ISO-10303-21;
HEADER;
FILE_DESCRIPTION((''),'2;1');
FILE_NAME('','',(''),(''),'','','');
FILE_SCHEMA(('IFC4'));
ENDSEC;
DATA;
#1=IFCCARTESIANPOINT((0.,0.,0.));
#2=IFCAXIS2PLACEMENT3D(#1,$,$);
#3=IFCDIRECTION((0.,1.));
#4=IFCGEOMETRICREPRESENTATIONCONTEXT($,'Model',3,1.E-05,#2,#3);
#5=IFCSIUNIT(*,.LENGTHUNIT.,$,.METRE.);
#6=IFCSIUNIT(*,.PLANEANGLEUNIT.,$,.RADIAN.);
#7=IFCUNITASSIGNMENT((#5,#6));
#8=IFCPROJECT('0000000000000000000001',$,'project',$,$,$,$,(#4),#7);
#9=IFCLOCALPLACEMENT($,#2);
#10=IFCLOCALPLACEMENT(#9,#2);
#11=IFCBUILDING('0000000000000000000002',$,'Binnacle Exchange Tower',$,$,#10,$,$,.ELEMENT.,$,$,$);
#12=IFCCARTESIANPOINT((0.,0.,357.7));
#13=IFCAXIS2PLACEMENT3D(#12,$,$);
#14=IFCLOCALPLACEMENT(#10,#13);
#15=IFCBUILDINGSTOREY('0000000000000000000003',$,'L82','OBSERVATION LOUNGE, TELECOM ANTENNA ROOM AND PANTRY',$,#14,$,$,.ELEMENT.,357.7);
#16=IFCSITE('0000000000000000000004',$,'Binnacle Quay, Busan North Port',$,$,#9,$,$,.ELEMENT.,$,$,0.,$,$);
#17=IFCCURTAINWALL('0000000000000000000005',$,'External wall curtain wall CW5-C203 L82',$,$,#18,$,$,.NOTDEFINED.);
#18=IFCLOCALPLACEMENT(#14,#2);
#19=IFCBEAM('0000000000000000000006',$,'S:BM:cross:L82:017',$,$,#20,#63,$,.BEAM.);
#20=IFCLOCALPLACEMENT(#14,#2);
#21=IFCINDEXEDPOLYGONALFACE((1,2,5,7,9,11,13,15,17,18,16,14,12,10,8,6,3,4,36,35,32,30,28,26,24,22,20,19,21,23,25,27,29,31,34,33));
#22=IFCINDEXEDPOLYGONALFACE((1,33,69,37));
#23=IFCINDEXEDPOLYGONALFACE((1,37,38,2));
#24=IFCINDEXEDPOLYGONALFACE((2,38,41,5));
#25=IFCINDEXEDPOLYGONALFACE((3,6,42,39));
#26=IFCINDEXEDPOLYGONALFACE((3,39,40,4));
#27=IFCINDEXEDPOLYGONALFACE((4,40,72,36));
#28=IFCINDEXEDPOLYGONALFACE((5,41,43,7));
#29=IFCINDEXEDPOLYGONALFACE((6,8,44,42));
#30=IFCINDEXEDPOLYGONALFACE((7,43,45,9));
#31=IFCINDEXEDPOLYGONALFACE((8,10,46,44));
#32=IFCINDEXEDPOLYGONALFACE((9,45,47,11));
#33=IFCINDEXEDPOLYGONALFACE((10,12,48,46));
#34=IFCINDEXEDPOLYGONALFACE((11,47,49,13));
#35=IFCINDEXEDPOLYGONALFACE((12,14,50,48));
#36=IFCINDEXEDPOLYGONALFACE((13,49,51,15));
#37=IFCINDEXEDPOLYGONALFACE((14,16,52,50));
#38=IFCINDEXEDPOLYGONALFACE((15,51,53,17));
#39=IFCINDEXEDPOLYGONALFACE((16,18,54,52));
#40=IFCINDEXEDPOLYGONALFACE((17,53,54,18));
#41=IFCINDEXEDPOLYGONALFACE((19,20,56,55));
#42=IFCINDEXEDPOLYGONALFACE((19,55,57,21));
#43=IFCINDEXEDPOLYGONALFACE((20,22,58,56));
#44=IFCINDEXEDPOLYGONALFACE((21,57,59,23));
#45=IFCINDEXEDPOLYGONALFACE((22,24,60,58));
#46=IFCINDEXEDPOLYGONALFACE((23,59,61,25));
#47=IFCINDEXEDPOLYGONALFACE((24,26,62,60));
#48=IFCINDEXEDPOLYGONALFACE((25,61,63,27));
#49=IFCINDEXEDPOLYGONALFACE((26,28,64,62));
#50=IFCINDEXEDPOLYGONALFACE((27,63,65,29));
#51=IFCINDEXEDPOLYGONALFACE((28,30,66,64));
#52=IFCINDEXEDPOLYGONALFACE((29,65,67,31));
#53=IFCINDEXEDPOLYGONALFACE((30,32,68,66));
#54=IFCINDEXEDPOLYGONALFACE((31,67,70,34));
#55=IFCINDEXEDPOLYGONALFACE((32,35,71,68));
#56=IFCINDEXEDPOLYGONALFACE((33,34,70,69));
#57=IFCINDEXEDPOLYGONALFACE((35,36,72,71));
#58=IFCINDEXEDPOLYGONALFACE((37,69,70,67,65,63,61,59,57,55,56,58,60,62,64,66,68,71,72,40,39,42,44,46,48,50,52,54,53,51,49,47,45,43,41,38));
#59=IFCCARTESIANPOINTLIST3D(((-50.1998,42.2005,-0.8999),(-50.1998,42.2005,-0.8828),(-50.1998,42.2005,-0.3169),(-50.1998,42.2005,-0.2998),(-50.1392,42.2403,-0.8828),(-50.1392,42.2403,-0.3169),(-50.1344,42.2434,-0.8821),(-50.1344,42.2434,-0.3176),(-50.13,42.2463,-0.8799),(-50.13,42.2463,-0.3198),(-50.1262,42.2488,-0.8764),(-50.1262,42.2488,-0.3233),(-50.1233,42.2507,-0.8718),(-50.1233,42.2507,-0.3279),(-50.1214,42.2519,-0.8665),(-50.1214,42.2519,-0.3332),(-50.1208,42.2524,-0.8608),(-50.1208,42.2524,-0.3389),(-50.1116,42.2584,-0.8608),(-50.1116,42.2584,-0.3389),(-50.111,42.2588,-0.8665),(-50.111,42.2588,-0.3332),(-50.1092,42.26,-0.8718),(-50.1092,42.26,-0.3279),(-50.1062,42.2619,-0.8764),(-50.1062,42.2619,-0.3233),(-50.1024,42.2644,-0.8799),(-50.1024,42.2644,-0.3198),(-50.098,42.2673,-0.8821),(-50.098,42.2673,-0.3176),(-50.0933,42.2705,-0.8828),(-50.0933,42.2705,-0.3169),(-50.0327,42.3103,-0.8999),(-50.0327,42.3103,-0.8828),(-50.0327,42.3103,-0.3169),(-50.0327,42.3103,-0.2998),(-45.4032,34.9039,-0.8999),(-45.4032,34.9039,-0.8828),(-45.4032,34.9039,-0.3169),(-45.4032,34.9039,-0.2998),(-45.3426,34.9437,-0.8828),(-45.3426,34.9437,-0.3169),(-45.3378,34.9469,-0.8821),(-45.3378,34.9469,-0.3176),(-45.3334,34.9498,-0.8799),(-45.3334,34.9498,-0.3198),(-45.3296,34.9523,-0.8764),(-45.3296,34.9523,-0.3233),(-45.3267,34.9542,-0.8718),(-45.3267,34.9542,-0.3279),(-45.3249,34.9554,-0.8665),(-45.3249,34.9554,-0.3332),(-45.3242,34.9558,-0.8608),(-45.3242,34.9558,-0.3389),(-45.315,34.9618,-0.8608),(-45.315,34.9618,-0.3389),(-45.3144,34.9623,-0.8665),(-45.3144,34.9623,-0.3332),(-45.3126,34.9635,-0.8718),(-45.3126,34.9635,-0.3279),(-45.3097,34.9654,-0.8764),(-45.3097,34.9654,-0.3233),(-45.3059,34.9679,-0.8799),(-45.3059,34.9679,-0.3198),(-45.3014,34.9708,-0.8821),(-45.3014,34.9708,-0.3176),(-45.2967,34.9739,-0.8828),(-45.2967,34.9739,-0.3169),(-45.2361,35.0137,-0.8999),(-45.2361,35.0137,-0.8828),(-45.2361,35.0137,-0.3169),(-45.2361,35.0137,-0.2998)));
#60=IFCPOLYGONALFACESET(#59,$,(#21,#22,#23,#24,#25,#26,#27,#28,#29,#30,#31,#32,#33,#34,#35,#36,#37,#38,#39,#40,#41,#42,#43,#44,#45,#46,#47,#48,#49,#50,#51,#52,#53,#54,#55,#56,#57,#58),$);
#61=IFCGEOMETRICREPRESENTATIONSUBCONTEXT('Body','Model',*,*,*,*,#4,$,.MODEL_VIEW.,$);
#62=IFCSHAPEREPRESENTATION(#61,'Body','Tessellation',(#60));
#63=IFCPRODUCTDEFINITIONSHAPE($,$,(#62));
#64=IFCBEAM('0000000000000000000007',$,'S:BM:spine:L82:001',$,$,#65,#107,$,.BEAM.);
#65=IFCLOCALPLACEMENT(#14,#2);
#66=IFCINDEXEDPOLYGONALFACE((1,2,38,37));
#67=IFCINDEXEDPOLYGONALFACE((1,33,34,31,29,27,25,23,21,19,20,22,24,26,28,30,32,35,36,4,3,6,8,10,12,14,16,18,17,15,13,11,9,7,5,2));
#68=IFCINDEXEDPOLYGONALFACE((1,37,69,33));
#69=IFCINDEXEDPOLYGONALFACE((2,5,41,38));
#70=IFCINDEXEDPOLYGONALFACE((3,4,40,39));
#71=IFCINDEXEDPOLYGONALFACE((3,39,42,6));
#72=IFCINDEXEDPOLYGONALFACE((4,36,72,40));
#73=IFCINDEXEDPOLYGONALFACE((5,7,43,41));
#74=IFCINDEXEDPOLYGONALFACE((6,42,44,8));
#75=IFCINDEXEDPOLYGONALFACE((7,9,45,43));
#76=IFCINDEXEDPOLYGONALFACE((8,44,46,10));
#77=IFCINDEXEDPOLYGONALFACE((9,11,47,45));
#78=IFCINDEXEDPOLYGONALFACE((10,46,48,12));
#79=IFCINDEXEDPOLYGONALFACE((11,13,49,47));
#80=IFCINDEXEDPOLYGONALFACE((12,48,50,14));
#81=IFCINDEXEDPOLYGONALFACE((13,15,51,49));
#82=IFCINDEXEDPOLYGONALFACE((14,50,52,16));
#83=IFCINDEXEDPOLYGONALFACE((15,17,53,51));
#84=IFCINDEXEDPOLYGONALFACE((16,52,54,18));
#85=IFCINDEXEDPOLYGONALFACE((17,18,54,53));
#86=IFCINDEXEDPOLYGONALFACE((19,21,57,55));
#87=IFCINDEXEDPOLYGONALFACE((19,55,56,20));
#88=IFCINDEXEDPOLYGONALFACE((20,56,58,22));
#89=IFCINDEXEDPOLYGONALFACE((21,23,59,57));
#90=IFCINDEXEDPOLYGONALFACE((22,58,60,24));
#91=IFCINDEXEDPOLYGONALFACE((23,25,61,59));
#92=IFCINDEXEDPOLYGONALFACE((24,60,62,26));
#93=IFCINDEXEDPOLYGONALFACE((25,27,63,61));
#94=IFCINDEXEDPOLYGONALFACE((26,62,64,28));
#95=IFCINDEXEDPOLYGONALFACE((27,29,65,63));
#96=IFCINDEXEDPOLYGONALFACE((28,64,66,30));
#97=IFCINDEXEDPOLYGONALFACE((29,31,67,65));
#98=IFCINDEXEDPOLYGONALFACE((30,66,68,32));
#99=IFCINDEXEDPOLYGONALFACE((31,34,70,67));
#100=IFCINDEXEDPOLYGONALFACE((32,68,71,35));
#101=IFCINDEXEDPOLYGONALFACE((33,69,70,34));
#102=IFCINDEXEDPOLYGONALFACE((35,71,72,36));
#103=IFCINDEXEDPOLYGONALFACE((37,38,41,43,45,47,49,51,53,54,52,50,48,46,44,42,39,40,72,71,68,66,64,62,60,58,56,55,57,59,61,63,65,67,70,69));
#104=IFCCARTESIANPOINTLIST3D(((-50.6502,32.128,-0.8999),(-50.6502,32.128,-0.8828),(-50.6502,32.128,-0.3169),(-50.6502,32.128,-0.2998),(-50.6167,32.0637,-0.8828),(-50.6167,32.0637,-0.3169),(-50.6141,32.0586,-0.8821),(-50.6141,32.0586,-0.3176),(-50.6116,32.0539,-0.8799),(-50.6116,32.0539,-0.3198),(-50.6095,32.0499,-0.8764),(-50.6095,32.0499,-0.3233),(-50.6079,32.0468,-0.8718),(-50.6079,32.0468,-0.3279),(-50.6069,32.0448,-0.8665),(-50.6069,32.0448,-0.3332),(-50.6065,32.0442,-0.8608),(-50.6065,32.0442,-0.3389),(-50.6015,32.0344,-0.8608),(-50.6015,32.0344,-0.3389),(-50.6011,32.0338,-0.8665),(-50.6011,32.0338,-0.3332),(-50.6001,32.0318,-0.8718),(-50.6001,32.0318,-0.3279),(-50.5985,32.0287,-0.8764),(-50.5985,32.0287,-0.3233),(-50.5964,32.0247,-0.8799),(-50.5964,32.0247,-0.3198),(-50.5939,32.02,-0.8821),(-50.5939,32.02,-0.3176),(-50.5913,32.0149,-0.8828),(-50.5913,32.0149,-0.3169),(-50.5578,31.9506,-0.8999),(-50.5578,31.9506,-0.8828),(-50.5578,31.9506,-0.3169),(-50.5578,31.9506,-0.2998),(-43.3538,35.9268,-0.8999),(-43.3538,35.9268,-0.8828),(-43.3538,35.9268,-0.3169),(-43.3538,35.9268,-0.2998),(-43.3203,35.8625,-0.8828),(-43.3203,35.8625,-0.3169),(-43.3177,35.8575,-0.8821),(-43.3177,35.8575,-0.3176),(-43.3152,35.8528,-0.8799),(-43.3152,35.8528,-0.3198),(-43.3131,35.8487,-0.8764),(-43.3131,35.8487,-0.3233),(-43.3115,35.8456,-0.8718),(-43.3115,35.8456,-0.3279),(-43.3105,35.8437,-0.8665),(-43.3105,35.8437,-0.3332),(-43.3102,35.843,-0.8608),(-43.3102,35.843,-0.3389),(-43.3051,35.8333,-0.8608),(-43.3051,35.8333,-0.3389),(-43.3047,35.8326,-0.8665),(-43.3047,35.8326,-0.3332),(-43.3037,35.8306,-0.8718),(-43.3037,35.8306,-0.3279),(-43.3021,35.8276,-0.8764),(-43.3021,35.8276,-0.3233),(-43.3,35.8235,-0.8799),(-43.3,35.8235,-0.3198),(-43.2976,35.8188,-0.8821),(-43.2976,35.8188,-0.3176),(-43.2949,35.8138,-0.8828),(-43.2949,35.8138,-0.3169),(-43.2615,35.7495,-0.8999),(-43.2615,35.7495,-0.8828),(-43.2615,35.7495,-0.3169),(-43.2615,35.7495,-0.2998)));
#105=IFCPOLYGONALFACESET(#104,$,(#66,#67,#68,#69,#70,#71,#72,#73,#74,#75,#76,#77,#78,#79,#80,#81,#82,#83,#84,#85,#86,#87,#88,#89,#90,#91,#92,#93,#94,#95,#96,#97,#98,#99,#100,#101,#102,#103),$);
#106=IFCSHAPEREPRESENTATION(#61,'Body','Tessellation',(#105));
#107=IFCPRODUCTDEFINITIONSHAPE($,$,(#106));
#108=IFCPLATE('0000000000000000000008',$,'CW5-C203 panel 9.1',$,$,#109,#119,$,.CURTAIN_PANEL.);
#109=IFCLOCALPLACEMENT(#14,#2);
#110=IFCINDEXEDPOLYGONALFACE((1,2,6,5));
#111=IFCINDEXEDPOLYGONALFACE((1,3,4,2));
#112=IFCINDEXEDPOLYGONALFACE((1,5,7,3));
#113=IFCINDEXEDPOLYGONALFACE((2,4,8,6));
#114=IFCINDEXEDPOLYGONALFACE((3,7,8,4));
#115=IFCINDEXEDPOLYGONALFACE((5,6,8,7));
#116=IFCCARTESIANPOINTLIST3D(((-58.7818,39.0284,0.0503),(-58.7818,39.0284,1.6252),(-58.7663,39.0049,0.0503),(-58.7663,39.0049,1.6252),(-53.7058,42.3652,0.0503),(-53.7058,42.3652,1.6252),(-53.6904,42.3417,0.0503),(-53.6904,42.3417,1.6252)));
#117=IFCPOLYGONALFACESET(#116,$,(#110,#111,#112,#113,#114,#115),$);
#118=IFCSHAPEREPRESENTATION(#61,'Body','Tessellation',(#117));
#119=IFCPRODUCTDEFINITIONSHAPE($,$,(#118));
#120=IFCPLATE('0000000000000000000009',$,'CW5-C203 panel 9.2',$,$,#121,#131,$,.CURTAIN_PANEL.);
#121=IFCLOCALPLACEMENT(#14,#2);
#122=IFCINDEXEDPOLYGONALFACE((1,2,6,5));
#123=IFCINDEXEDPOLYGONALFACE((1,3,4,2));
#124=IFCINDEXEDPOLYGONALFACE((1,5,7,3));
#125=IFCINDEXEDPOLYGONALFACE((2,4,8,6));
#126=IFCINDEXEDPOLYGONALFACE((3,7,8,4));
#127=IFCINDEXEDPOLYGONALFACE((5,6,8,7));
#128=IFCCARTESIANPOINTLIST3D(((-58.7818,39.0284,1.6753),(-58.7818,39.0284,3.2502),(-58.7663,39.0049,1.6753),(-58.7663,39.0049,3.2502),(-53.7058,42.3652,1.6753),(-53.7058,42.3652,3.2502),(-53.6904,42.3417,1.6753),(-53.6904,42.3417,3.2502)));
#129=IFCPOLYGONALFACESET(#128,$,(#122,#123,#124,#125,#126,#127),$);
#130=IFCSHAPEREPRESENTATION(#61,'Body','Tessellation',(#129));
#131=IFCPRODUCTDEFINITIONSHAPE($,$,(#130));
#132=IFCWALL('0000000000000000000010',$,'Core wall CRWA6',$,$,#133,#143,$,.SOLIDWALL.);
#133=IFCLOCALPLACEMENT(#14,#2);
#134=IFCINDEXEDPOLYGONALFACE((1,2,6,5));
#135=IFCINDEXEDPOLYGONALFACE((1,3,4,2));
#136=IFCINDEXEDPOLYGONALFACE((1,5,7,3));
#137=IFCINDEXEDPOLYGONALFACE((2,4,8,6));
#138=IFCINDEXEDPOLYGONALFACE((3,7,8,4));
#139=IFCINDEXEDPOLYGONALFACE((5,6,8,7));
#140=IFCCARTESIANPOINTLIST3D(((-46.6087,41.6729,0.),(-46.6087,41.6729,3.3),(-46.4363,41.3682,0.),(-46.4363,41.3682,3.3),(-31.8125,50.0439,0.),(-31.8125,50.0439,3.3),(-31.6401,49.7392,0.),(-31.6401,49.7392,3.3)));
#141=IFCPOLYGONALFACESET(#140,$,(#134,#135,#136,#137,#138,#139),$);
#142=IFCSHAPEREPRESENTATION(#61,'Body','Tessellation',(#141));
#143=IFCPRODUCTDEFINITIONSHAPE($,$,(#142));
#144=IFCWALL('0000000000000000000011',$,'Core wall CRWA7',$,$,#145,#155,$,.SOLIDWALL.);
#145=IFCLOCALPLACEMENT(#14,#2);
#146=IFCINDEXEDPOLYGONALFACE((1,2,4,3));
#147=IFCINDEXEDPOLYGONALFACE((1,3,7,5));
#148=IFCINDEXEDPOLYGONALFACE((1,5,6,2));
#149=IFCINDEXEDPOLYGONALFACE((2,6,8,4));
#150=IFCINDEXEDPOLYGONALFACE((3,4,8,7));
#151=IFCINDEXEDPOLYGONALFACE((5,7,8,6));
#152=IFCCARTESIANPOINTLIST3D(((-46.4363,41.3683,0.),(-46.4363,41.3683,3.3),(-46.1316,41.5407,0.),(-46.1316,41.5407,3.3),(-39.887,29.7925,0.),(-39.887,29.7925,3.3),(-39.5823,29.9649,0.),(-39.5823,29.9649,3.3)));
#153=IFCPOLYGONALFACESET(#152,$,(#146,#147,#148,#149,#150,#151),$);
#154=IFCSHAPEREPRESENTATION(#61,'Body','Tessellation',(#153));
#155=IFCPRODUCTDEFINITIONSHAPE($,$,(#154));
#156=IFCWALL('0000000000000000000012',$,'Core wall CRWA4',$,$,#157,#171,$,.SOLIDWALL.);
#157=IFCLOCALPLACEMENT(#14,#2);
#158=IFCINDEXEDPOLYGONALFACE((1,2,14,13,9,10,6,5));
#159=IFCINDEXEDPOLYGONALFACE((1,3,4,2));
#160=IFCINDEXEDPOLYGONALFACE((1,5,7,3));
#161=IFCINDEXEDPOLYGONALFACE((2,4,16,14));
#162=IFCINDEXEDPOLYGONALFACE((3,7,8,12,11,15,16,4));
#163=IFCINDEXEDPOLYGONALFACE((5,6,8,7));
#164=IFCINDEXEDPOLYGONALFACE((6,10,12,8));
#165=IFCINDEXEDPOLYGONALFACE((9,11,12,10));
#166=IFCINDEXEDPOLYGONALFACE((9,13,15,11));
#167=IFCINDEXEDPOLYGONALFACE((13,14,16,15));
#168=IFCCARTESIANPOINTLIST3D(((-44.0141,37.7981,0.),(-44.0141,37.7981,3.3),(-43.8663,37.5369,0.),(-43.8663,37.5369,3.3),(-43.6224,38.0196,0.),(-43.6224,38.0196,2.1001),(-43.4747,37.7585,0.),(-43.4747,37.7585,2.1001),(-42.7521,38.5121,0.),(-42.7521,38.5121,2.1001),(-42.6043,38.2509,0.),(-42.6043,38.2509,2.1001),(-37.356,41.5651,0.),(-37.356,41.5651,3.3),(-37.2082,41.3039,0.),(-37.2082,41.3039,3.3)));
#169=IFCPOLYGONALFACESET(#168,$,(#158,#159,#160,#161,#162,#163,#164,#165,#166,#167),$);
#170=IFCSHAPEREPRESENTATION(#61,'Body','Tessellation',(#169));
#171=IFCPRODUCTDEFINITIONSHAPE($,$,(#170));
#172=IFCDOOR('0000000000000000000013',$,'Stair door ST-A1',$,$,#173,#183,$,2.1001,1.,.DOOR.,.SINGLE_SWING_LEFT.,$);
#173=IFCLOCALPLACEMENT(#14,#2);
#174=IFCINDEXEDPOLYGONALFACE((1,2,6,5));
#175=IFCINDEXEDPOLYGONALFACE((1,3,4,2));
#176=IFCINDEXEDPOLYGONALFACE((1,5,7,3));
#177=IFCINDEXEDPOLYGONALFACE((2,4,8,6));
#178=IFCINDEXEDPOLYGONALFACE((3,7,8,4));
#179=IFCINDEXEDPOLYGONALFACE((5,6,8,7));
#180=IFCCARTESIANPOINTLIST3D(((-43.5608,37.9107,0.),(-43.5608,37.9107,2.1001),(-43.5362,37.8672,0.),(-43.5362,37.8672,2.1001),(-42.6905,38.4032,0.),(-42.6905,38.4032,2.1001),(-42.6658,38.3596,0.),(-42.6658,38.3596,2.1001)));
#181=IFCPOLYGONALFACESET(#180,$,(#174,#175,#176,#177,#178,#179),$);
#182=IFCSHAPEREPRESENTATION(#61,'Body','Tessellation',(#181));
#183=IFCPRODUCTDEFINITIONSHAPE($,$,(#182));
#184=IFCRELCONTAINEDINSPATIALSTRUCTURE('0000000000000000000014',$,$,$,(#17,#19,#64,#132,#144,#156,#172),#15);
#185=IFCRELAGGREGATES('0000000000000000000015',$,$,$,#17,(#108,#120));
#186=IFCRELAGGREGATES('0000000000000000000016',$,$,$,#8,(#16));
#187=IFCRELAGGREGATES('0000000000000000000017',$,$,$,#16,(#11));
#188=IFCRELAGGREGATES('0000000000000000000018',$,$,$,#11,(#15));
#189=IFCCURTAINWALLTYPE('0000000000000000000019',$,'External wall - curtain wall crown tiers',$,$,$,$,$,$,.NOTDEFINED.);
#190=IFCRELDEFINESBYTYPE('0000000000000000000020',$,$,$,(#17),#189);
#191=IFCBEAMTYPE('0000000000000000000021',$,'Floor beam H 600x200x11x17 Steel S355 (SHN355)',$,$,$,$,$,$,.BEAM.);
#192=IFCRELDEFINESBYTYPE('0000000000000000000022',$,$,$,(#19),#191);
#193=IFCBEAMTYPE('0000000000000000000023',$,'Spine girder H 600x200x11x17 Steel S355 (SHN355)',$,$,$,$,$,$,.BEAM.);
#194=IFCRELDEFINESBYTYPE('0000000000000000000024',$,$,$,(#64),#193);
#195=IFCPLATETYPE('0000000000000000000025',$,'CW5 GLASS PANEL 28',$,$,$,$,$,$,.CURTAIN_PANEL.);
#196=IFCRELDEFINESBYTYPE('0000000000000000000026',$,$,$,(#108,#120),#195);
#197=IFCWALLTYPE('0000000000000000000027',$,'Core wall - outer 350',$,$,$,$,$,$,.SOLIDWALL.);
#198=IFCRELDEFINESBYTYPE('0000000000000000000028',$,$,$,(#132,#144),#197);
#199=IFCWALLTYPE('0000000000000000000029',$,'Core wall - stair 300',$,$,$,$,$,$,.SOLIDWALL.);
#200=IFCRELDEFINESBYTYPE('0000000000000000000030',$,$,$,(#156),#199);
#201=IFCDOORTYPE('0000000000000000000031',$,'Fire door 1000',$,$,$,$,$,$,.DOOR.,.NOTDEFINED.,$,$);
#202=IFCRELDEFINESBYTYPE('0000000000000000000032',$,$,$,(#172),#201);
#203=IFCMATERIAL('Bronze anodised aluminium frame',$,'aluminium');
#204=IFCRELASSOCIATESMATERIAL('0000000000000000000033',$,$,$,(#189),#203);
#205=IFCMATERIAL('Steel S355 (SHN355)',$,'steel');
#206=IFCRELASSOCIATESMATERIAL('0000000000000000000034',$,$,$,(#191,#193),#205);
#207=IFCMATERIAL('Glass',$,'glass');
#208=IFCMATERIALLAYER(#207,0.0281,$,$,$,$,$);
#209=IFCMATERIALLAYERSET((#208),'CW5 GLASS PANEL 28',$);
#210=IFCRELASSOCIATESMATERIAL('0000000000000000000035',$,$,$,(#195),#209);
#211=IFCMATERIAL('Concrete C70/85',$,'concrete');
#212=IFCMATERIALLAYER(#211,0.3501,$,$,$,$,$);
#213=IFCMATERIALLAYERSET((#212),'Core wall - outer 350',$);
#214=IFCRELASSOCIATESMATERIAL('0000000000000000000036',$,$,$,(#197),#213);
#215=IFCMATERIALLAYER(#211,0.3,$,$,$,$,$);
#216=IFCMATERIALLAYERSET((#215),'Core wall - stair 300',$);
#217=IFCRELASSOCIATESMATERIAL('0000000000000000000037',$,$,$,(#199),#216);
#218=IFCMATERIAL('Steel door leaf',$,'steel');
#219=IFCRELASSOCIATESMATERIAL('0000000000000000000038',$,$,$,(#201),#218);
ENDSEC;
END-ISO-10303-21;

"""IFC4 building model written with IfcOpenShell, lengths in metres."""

from ifc_helpers import new_model, si_unit, direction, frame, frame_2d, origin, origin_2d, place, context, subcontext, project, spatial, rectangle, i_section, extrude, material, layer, layer_set, material_profile, profile_set, type_object, element, fill, aggregate, save


model = new_model("IFC4")

# Units and contexts
model_context = context("Model", 3, precision=1e-05, world=origin(), true_north=direction((0.0, 1.0)))
body_context = subcontext(model_context, "Body", "Model", "MODEL_VIEW")
ifc_project = project(units=[si_unit("LENGTHUNIT", "METRE"), si_unit("PLANEANGLEUNIT", "RADIAN")], contexts=[model_context])

# Site, building, storey
site_placement = place(None, origin())
site = spatial("IfcSite", under=ifc_project, at=site_placement, Name="Binnacle Quay, Busan North Port", CompositionType="ELEMENT", RefElevation=0.0)
building_placement = place(site_placement, origin())
building = spatial("IfcBuilding", under=site, at=building_placement, Name="Binnacle Exchange Tower", CompositionType="ELEMENT")
storey_placement = place(building_placement, frame((0.0, 0.0, 357.7)))
storey = spatial("IfcBuildingStorey", under=building, at=storey_placement, Name="L82", Description="OBSERVATION LOUNGE, TELECOM ANTENNA ROOM AND PANTRY", CompositionType="ELEMENT", Elevation=357.7)

# Shared definitions
ifc_material_1 = material(Name="Steel S355 (SHN355)", Category="steel")

# Curtain wall
ifc_material_2 = material(Name="Bronze anodised aluminium frame", Category="aluminium")
curtain_wall_type = type_object("IfcCurtainWallType", Name="External wall - curtain wall crown tiers", PredefinedType="NOTDEFINED", material=ifc_material_2)
curtain_wall_placement = place(storey_placement, origin())
curtain_wall = element("IfcCurtainWall", 1, at=curtain_wall_placement, inside=storey, type_object=curtain_wall_type, Name="External wall curtain wall CW5-C203 L82", PredefinedType="NOTDEFINED")

# Beams
ifc_material_profile_1 = material_profile(ifc_material_1, i_section(OverallWidth=0.2, OverallDepth=0.6001, WebThickness=0.011, FlangeThickness=0.0171, FilletRadius=0.022, at=origin_2d()), Name="H 600x200x11x17")
ifc_profile_set_1 = profile_set([ifc_material_profile_1], Name="Steel S355 (SHN355)")
beam_type_1 = type_object("IfcBeamType", Name="Floor beam H 600x200x11x17 Steel S355 (SHN355)", PredefinedType="BEAM", material=ifc_profile_set_1)
beam_1_placement = place(storey_placement, frame((-50.1162, 42.2554, -0.5999), z_axis=(0.549314, -0.835616, 0.0), x_axis=(0.835616, 0.549314, 0.0)))
element("IfcBeam", 2, at=beam_1_placement, inside=storey, type_object=beam_type_1, Name="S:BM:cross:L82:017", PredefinedType="BEAM", context=body_context, shape_type="SweptSolid", body=[
    extrude(i_section(OverallWidth=0.2, OverallDepth=0.6001, WebThickness=0.011, FlangeThickness=0.0171, FilletRadius=0.022, at=origin_2d()), origin(), (0.0, 0.0, 1.0), 8.7319),
])
ifc_material_profile_2 = material_profile(ifc_material_1, i_section(OverallWidth=0.2, OverallDepth=0.6001, WebThickness=0.011, FlangeThickness=0.0171, FilletRadius=0.022, at=origin_2d()), Name="H 600x200x11x17")
ifc_profile_set_2 = profile_set([ifc_material_profile_2], Name="Steel S355 (SHN355)")
beam_type_2 = type_object("IfcBeamType", Name="Spine girder H 600x200x11x17 Steel S355 (SHN355)", PredefinedType="BEAM", material=ifc_profile_set_2)
beam_2_placement = place(storey_placement, frame((-50.604, 32.0393, -0.5999), z_axis=(0.886982, 0.461803, 0.0), x_axis=(-0.461803, 0.886982, 0.0)))
element("IfcBeam", 3, at=beam_2_placement, inside=storey, type_object=beam_type_2, Name="S:BM:spine:L82:001", PredefinedType="BEAM", context=body_context, shape_type="SweptSolid", body=[
    extrude(i_section(OverallWidth=0.2, OverallDepth=0.6001, WebThickness=0.011, FlangeThickness=0.0171, FilletRadius=0.022, at=origin_2d()), origin(), (0.0, 0.0, 1.0), 8.2261),
])

# Plates
ifc_material_3 = material(Name="Glass", Category="glass")
ifc_layer_1 = layer(ifc_material_3, 0.0281)
ifc_layer_set_1 = layer_set([ifc_layer_1], Name="CW5 GLASS PANEL 28")
plate_type = type_object("IfcPlateType", Name="CW5 GLASS PANEL 28", PredefinedType="CURTAIN_PANEL", material=ifc_layer_set_1)
plate_1_placement = place(storey_placement, frame((-56.2361, 40.6851, 0.0503), z_axis=(0.0, 0.0, 1.0), x_axis=(-0.835618, -0.54931, 0.0)))
plate_1 = element("IfcPlate", 4, at=plate_1_placement, type_object=plate_type, Name="CW5-C203 panel 9.1", PredefinedType="CURTAIN_PANEL", context=body_context, shape_type="SweptSolid", body=[
    extrude(rectangle(XDim=6.0745, YDim=0.0281, at=origin_2d()), origin(), (0.0, 0.0, 1.0), 1.575),
])
plate_2_placement = place(storey_placement, frame((-56.2361, 40.6851, 1.6753), z_axis=(0.0, 0.0, 1.0), x_axis=(-0.835618, -0.54931, 0.0)))
plate_2 = element("IfcPlate", 5, at=plate_2_placement, type_object=plate_type, Name="CW5-C203 panel 9.2", PredefinedType="CURTAIN_PANEL", context=body_context, shape_type="SweptSolid", body=[
    extrude(rectangle(XDim=6.0745, YDim=0.0281, at=origin_2d()), origin(), (0.0, 0.0, 1.0), 1.575),
])
aggregate(curtain_wall, [plate_1, plate_2])

# Walls
ifc_material_4 = material(Name="Concrete C70/85", Category="concrete")
ifc_layer_2 = layer(ifc_material_4, 0.3501)
ifc_layer_set_2 = layer_set([ifc_layer_2], Name="Core wall - outer 350")
wall_type_1 = type_object("IfcWallType", Name="Core wall - outer 350", PredefinedType="SOLIDWALL", material=ifc_layer_set_2)
wall_1_placement = place(storey_placement, frame((-46.5225, 41.5205, 0.0), z_axis=(0.0, 0.0, 1.0), x_axis=(0.87036, 0.492416, 0.0)))
element("IfcWall", 6, at=wall_1_placement, inside=storey, type_object=wall_type_1, Name="Core wall CRWA6", PredefinedType="SOLIDWALL", context=body_context, shape_type="SweptSolid", body=[
    extrude(rectangle(XDim=17.0, YDim=0.3501, at=frame_2d((8.5, 0.0))), origin(), (0.0, 0.0, 1.0), 3.3),
])
wall_2_placement = place(storey_placement, frame((-46.2839, 41.4543, 0.0), z_axis=(0.0, 0.0, 1.0), x_axis=(0.49243, -0.870352, 0.0)))
element("IfcWall", 7, at=wall_2_placement, inside=storey, type_object=wall_type_1, Name="Core wall CRWA7", PredefinedType="SOLIDWALL", context=body_context, shape_type="SweptSolid", body=[
    extrude(rectangle(XDim=13.3, YDim=0.3501, at=frame_2d((6.6499, 0.0))), origin(), (0.0, 0.0, 1.0), 3.3),
])

# Wall, opening, door
ifc_layer_3 = layer(ifc_material_4, 0.3)
ifc_layer_set_3 = layer_set([ifc_layer_3], Name="Core wall - stair 300")
wall_type_2 = type_object("IfcWallType", Name="Core wall - stair 300", PredefinedType="SOLIDWALL", material=ifc_layer_set_3)
wall_3_placement = place(storey_placement, frame((-43.9402, 37.6675, 0.0), z_axis=(0.0, 0.0, 1.0), x_axis=(0.870352, 0.492429, 0.0)))
wall_3 = element("IfcWall", 8, at=wall_3_placement, inside=storey, type_object=wall_type_2, Name="Core wall CRWA4", PredefinedType="SOLIDWALL", context=body_context, shape_type="SweptSolid", body=[
    extrude(rectangle(XDim=7.6499, YDim=0.3, at=frame_2d((3.825, 0.0))), origin(), (0.0, 0.0, 1.0), 3.3),
])
opening_placement = place(wall_3_placement, frame((0.45, 0.0, 0.0)))
opening = element("IfcOpeningElement", 9, at=opening_placement, cuts=wall_3, PredefinedType="OPENING", context=body_context, shape_type="SweptSolid", body=[
    extrude(rectangle(XDim=1.0, YDim=2.1001, at=frame_2d((0.5, 1.05))), frame((0.0, 0.1599, 0.0), z_axis=(0.0, -1.0, 0.0), x_axis=(1.0, 0.0, 0.0)), (0.0, 0.0, 1.0), 0.3201),
])
ifc_material_5 = material(Name="Steel door leaf", Category="steel")
door_type = type_object("IfcDoorType", Name="Fire door 1000", OperationType="NOTDEFINED", PredefinedType="DOOR", material=ifc_material_5)
door_placement = place(opening_placement, origin())
door = element("IfcDoor", 10, at=door_placement, inside=storey, type_object=door_type, Name="Stair door ST-A1", OperationType="SINGLE_SWING_LEFT", OverallHeight=2.1001, OverallWidth=1.0, PredefinedType="DOOR", context=body_context, shape_type="SweptSolid", body=[
    extrude(rectangle(XDim=1.0, YDim=2.1001, at=frame_2d((0.5, 1.05))), frame((0.0, 0.0249, 0.0), z_axis=(0.0, -1.0, 0.0), x_axis=(1.0, 0.0, 0.0)), (0.0, 0.0, 1.0), 0.05),
])
fill(opening, door)

save(model, "model.ifc")
